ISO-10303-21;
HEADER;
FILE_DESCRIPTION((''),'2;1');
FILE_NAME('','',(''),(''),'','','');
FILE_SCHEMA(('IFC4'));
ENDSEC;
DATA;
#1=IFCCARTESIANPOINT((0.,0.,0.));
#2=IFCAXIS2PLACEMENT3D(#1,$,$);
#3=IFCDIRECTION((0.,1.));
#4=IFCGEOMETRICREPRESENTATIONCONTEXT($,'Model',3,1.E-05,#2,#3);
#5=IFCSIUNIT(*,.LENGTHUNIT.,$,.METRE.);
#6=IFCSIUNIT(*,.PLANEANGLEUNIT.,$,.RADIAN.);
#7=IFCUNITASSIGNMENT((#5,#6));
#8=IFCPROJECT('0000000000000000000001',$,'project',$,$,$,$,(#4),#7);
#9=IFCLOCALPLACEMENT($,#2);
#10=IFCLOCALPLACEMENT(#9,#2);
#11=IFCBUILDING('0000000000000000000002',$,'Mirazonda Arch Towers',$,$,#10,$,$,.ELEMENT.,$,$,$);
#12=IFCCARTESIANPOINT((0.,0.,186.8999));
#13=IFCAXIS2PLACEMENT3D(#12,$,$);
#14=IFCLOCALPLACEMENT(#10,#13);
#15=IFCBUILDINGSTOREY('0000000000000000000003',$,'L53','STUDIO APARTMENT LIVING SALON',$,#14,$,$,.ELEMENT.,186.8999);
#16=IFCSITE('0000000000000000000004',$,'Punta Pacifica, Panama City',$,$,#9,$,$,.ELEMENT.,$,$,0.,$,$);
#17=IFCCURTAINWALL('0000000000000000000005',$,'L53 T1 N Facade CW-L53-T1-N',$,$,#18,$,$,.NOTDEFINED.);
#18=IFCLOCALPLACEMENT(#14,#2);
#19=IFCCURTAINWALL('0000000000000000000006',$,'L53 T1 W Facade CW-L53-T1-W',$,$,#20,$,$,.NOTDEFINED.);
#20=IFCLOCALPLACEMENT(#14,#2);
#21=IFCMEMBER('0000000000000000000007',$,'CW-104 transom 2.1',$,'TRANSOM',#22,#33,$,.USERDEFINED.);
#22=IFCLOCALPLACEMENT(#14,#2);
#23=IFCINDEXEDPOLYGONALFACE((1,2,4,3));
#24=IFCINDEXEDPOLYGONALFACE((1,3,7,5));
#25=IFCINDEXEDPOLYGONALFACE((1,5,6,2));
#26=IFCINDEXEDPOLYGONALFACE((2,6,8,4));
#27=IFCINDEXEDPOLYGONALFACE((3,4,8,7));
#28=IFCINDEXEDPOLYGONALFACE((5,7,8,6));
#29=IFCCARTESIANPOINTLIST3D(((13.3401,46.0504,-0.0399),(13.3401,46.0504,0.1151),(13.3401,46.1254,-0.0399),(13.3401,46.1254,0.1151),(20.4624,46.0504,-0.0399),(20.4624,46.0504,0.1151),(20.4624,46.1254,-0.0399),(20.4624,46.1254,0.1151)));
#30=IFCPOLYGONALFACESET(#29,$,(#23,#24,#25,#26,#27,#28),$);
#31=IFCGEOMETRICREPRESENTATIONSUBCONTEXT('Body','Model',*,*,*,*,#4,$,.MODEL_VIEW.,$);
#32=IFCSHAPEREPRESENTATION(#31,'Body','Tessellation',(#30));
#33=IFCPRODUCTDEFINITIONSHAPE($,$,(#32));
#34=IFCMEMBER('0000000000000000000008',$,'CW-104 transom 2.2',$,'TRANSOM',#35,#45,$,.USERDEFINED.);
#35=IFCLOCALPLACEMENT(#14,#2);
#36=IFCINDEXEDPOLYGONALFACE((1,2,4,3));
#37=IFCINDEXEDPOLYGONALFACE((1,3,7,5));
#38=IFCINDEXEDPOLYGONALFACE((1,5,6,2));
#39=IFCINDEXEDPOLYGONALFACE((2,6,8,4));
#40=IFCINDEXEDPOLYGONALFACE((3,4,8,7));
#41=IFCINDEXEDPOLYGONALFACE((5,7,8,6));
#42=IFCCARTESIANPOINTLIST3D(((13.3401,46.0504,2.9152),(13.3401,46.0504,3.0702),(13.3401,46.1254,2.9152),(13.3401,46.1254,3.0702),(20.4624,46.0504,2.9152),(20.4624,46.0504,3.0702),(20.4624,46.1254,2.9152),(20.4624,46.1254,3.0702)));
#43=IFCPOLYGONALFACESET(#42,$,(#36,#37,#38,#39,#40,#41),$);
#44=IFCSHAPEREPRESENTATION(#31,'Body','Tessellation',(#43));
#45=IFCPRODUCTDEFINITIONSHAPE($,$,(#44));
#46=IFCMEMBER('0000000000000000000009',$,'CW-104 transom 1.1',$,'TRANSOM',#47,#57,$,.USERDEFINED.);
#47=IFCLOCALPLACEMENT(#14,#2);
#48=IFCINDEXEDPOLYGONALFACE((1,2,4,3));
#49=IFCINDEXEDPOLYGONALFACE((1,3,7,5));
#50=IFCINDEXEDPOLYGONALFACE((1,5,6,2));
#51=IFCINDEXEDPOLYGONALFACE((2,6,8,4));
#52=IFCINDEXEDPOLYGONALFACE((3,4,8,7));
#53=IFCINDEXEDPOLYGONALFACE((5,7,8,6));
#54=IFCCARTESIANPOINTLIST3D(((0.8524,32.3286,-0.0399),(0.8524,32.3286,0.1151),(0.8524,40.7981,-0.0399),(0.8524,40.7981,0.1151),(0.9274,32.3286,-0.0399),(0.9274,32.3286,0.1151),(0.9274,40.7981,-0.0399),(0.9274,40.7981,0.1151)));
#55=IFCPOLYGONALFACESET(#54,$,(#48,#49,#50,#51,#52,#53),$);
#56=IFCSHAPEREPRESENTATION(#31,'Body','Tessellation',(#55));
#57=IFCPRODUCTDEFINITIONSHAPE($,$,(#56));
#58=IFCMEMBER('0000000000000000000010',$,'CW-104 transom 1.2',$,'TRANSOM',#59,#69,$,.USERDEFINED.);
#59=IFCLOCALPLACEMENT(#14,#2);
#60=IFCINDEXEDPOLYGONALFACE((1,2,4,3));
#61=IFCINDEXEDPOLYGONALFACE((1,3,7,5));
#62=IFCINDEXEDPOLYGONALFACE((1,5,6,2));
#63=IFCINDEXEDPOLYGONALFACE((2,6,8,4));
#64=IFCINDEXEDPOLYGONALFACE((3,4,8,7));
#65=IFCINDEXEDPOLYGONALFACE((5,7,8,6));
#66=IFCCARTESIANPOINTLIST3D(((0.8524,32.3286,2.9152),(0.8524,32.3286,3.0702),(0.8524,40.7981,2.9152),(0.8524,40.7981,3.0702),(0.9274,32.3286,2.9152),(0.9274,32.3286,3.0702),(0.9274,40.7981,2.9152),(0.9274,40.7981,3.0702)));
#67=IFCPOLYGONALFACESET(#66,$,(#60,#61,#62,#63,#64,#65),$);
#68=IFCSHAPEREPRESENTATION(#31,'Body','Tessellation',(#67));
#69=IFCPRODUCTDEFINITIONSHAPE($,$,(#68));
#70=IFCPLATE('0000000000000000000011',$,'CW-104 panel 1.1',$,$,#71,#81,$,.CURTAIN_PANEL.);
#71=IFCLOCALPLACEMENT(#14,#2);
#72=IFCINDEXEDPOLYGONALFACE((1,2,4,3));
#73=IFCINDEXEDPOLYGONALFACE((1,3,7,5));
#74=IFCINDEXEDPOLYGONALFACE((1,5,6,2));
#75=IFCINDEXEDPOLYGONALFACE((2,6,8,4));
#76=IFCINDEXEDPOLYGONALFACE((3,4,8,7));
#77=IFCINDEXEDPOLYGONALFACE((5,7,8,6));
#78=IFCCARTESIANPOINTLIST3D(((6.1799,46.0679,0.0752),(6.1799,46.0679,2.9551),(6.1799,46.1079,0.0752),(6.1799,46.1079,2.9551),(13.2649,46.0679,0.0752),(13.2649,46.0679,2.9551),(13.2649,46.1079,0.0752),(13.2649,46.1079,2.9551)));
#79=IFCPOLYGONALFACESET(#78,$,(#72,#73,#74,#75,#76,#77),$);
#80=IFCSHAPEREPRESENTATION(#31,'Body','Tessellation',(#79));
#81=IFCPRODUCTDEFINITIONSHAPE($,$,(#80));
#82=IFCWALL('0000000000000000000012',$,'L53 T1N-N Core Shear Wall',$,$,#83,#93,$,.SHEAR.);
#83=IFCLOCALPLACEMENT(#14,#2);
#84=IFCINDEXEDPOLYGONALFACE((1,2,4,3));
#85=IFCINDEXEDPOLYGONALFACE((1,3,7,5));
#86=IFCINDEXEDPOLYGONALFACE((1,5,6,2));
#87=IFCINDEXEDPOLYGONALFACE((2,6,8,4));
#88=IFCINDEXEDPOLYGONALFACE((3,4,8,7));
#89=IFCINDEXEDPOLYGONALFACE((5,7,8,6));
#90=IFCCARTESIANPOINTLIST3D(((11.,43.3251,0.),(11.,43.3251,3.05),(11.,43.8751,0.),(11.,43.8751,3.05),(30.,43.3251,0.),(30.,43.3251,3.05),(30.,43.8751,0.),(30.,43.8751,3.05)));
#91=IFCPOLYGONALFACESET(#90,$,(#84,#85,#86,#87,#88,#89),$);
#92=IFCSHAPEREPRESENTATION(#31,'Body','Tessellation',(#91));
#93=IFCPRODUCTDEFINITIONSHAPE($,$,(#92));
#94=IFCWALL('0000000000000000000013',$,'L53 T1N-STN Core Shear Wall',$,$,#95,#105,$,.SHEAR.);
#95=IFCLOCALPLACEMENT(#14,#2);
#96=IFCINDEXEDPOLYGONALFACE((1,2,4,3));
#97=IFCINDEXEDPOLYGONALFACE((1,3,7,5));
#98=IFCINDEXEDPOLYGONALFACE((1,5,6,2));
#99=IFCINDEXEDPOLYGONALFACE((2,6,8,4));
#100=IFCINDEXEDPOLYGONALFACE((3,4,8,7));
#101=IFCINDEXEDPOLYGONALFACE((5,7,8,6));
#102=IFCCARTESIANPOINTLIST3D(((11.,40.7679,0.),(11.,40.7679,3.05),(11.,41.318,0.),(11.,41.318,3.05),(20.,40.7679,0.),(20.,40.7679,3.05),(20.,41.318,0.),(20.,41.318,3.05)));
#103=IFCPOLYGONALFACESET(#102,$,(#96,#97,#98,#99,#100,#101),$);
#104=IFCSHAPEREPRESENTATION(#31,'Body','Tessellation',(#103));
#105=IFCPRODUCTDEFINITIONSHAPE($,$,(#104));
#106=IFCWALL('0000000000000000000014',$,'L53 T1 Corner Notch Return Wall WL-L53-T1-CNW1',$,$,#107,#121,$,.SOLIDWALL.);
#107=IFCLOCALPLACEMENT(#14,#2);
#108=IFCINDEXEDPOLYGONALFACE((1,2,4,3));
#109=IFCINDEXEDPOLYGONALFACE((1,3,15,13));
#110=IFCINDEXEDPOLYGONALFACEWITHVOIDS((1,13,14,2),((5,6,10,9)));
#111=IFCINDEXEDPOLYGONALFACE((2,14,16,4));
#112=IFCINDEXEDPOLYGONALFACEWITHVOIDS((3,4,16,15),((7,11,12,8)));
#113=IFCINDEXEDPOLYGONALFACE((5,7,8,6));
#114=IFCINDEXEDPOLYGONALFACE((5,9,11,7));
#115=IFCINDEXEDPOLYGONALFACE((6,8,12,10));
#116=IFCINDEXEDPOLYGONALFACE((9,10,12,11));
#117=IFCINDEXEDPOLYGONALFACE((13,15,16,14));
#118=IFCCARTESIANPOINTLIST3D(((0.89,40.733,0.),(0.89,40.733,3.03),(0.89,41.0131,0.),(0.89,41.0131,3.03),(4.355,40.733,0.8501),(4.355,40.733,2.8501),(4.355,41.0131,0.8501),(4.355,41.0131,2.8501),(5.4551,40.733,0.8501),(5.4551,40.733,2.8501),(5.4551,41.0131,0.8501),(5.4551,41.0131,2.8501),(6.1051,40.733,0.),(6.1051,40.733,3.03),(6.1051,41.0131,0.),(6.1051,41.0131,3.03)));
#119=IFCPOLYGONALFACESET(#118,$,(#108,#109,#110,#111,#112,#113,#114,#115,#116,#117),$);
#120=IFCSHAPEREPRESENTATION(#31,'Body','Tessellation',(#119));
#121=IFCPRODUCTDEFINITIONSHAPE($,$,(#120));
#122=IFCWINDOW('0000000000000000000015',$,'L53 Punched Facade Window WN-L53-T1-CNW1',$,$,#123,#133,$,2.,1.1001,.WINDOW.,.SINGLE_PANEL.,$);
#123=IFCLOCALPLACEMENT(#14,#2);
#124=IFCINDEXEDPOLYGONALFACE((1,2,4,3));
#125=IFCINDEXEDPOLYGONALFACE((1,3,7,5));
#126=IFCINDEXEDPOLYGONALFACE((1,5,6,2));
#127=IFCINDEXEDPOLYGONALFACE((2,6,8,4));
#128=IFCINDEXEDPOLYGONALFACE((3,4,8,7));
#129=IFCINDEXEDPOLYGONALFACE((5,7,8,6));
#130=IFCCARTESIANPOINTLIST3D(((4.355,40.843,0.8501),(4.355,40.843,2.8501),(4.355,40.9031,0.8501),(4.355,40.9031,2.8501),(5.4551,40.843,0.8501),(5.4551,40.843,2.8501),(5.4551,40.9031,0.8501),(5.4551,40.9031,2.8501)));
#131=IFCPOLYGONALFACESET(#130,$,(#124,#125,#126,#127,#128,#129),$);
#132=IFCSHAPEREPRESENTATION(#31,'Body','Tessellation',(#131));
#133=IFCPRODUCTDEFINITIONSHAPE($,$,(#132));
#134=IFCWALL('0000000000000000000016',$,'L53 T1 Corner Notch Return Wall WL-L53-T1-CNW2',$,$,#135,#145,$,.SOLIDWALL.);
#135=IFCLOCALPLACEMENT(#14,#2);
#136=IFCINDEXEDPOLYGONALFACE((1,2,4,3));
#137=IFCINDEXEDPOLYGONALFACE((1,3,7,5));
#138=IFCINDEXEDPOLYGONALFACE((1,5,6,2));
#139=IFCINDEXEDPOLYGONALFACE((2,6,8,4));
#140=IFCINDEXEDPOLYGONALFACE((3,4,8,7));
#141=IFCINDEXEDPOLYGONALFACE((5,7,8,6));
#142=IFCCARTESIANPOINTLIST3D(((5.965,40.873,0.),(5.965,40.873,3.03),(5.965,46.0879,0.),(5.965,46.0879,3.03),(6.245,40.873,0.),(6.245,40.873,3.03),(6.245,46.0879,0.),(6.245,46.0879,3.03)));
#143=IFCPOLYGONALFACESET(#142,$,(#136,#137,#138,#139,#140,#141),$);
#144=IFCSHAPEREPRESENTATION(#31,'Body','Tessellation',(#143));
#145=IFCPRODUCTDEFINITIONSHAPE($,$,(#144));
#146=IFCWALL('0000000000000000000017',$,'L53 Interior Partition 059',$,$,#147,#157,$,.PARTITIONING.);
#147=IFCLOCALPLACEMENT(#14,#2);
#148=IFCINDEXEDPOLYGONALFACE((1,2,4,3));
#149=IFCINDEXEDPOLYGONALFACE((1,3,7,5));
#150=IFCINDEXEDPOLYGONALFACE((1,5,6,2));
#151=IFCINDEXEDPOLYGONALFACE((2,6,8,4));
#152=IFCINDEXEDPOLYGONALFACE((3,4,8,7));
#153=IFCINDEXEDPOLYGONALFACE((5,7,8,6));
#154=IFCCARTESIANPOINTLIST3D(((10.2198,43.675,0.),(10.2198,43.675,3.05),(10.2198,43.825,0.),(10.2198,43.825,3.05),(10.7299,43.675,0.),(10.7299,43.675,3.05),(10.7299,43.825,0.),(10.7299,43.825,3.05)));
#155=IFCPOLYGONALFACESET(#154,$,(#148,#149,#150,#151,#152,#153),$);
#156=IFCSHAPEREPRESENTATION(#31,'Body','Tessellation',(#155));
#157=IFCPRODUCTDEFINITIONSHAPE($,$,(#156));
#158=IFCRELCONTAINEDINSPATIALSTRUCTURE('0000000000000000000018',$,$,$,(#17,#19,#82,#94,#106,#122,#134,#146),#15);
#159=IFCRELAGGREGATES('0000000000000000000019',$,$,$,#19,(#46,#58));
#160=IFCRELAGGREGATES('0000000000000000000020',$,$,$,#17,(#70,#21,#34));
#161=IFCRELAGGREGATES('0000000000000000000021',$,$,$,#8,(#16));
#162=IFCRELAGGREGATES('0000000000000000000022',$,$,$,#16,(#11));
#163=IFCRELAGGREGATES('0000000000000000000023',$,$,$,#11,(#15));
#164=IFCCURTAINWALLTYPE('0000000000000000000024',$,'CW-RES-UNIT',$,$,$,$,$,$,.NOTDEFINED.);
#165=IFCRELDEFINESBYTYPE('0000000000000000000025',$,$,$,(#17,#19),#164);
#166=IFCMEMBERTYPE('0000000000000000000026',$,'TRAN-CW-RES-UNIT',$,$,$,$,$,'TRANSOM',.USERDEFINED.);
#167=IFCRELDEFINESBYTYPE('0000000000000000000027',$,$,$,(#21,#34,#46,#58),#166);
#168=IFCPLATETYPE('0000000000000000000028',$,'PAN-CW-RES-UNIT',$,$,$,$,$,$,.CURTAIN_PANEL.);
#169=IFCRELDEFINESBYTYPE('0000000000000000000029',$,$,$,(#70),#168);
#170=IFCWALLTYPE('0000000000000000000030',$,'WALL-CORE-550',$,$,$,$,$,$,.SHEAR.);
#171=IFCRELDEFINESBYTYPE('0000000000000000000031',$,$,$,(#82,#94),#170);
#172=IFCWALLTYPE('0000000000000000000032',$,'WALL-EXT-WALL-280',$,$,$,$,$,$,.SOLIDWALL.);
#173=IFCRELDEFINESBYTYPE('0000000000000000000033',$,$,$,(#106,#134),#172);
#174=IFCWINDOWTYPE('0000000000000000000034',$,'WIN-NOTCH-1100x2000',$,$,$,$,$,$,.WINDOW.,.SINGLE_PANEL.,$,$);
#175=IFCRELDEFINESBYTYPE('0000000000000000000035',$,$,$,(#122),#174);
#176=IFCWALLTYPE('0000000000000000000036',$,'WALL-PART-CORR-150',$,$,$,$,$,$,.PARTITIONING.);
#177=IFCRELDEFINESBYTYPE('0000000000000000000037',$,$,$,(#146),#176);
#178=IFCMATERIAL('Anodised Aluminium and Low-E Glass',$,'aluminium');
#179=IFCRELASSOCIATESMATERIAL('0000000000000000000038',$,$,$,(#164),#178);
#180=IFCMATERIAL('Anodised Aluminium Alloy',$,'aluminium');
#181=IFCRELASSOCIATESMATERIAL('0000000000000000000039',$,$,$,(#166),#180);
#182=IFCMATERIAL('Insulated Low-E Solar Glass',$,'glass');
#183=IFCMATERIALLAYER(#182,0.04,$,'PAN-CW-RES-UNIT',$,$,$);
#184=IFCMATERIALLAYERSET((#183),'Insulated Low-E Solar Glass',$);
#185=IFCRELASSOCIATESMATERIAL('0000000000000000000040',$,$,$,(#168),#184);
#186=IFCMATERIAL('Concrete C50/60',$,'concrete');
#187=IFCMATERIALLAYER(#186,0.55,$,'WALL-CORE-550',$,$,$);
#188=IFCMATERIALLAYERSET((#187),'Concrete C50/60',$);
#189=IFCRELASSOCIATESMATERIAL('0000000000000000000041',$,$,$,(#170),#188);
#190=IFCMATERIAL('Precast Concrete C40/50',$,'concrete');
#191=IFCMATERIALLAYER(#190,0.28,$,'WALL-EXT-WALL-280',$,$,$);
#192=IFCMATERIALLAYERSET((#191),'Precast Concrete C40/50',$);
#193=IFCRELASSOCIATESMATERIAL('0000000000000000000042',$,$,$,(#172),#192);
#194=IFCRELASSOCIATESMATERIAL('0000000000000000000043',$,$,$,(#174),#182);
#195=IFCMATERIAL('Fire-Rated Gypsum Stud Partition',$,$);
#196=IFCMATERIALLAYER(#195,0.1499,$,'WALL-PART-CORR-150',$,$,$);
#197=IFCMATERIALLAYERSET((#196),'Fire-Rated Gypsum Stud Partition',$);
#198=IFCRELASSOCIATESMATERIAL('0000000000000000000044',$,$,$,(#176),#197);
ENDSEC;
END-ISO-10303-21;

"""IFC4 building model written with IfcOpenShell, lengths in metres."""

from ifc_helpers import new_model, si_unit, direction, frame, frame_2d, origin, origin_2d, place, context, subcontext, project, spatial, rectangle, extrude, material, layer, layer_set, material_profile, profile_set, type_object, element, fill, aggregate, save


model = new_model("IFC4")

# Units and contexts
model_context = context("Model", 3, precision=1e-05, world=origin(), true_north=direction((0.0, 1.0)))
body_context = subcontext(model_context, "Body", "Model", "MODEL_VIEW")
ifc_project = project(units=[si_unit("LENGTHUNIT", "METRE"), si_unit("PLANEANGLEUNIT", "RADIAN")], contexts=[model_context])

# Site, building, storey
site_placement = place(None, origin())
site = spatial("IfcSite", under=ifc_project, at=site_placement, Name="Punta Pacifica, Panama City", CompositionType="ELEMENT", RefElevation=0.0)
building_placement = place(site_placement, origin())
building = spatial("IfcBuilding", under=site, at=building_placement, Name="Mirazonda Arch Towers", CompositionType="ELEMENT")
storey_placement = place(building_placement, frame((0.0, 0.0, 186.8999)))
storey = spatial("IfcBuildingStorey", under=building, at=storey_placement, Name="L53", Description="STUDIO APARTMENT LIVING SALON", CompositionType="ELEMENT", Elevation=186.8999)

# Shared definitions
ifc_material_1 = material(Name="Concrete C50/60", Category="concrete")

# Curtain wall
ifc_material_2 = material(Name="Anodised Aluminium and Low-E Glass", Category="aluminium")
curtain_wall_type = type_object("IfcCurtainWallType", Name="CW-RES-UNIT", PredefinedType="NOTDEFINED", material=ifc_material_2)
curtain_wall_1_placement = place(storey_placement, origin())
curtain_wall_1 = element("IfcCurtainWall", 1, at=curtain_wall_1_placement, inside=storey, type_object=curtain_wall_type, Name="L53 T1 N Facade CW-L53-T1-N", PredefinedType="NOTDEFINED")
ifc_material_3 = material(Name="Anodised Aluminium Alloy", Category="aluminium")

# Curtain wall
curtain_wall_2_placement = place(storey_placement, origin())
curtain_wall_2 = element("IfcCurtainWall", 2, at=curtain_wall_2_placement, inside=storey, type_object=curtain_wall_type, Name="L53 T1 W Facade CW-L53-T1-W", PredefinedType="NOTDEFINED")

# Members
ifc_material_profile_1 = material_profile(ifc_material_3, rectangle(XDim=0.075, YDim=0.155, at=origin_2d()), Name="ALU-TRAN-75x155")
ifc_profile_set_1 = profile_set([ifc_material_profile_1], Name="Anodised Aluminium Alloy")
member_type_1 = type_object("IfcMemberType", Name="TRAN-CW-RES-UNIT", ElementType="TRANSOM", PredefinedType="USERDEFINED", material=ifc_profile_set_1)
member_1_placement = place(storey_placement, frame((13.3401, 46.0879, 0.0376), z_axis=(1.0, 0.0, 0.0), x_axis=(0.0, 1.0, 0.0)))
member_1 = element("IfcMember", 3, at=member_1_placement, type_object=member_type_1, Name="CW-104 transom 2.1", ObjectType="TRANSOM", PredefinedType="USERDEFINED", context=body_context, shape_type="SweptSolid", body=[
    extrude(rectangle(XDim=0.075, YDim=0.155, at=origin_2d()), origin(), (0.0, 0.0, 1.0), 7.1223),
])
member_2_placement = place(storey_placement, frame((13.3401, 46.0879, 2.9927), z_axis=(1.0, 0.0, 0.0), x_axis=(0.0, 1.0, 0.0)))
member_2 = element("IfcMember", 4, at=member_2_placement, type_object=member_type_1, Name="CW-104 transom 2.2", ObjectType="TRANSOM", PredefinedType="USERDEFINED", context=body_context, shape_type="SweptSolid", body=[
    extrude(rectangle(XDim=0.075, YDim=0.155, at=origin_2d()), origin(), (0.0, 0.0, 1.0), 7.1223),
])
member_3_placement = place(storey_placement, frame((0.8899, 40.7981, 0.0376), z_axis=(0.0, -1.0, 0.0), x_axis=(1.0, 0.0, 0.0)))
member_3 = element("IfcMember", 5, at=member_3_placement, type_object=member_type_1, Name="CW-104 transom 1.1", ObjectType="TRANSOM", PredefinedType="USERDEFINED", context=body_context, shape_type="SweptSolid", body=[
    extrude(rectangle(XDim=0.075, YDim=0.155, at=origin_2d()), origin(), (0.0, 0.0, 1.0), 8.4695),
])
member_4_placement = place(storey_placement, frame((0.8899, 40.7981, 2.9927), z_axis=(0.0, -1.0, 0.0), x_axis=(1.0, 0.0, 0.0)))
member_4 = element("IfcMember", 6, at=member_4_placement, type_object=member_type_1, Name="CW-104 transom 1.2", ObjectType="TRANSOM", PredefinedType="USERDEFINED", context=body_context, shape_type="SweptSolid", body=[
    extrude(rectangle(XDim=0.075, YDim=0.155, at=origin_2d()), origin(), (0.0, 0.0, 1.0), 8.4695),
])
aggregate(curtain_wall_2, [member_3, member_4])

# Plate
ifc_material_4 = material(Name="Insulated Low-E Solar Glass", Category="glass")
ifc_layer_1 = layer(ifc_material_4, 0.04, Name="PAN-CW-RES-UNIT")
ifc_layer_set_1 = layer_set([ifc_layer_1], Name="Insulated Low-E Solar Glass")
plate_type = type_object("IfcPlateType", Name="PAN-CW-RES-UNIT", PredefinedType="CURTAIN_PANEL", material=ifc_layer_set_1)
plate_placement = place(storey_placement, frame((9.7224, 46.0879, 0.0752), z_axis=(0.0, 0.0, 1.0), x_axis=(1.0, 0.0, 0.0)))
plate = element("IfcPlate", 7, at=plate_placement, type_object=plate_type, Name="CW-104 panel 1.1", PredefinedType="CURTAIN_PANEL", context=body_context, shape_type="SweptSolid", body=[
    extrude(rectangle(XDim=7.085, YDim=0.04, at=origin_2d()), origin(), (0.0, 0.0, 1.0), 2.8799),
])
aggregate(curtain_wall_1, [plate, member_1, member_2])

# Walls
ifc_layer_2 = layer(ifc_material_1, 0.55, Name="WALL-CORE-550")
ifc_layer_set_2 = layer_set([ifc_layer_2], Name="Concrete C50/60")
wall_type_1 = type_object("IfcWallType", Name="WALL-CORE-550", PredefinedType="SHEAR", material=ifc_layer_set_2)
wall_1_placement = place(storey_placement, frame((11.0, 43.6001, 0.0), z_axis=(0.0, 0.0, 1.0), x_axis=(1.0, 0.0, 0.0)))
element("IfcWall", 8, at=wall_1_placement, inside=storey, type_object=wall_type_1, Name="L53 T1N-N Core Shear Wall", PredefinedType="SHEAR", context=body_context, shape_type="SweptSolid", body=[
    extrude(rectangle(XDim=19.0, YDim=0.55, at=frame_2d((9.5, 0.0))), origin(), (0.0, 0.0, 1.0), 3.05),
])
wall_2_placement = place(storey_placement, frame((11.0, 41.043, 0.0), z_axis=(0.0, 0.0, 1.0), x_axis=(1.0, 0.0, 0.0)))
element("IfcWall", 9, at=wall_2_placement, inside=storey, type_object=wall_type_1, Name="L53 T1N-STN Core Shear Wall", PredefinedType="SHEAR", context=body_context, shape_type="SweptSolid", body=[
    extrude(rectangle(XDim=9.0, YDim=0.55, at=frame_2d((4.5, 0.0))), origin(), (0.0, 0.0, 1.0), 3.05),
])

# Wall, opening, window
ifc_material_5 = material(Name="Precast Concrete C40/50", Category="concrete")
ifc_layer_3 = layer(ifc_material_5, 0.28, Name="WALL-EXT-WALL-280")
ifc_layer_set_3 = layer_set([ifc_layer_3], Name="Precast Concrete C40/50")
wall_type_2 = type_object("IfcWallType", Name="WALL-EXT-WALL-280", PredefinedType="SOLIDWALL", material=ifc_layer_set_3)
wall_3_placement = place(storey_placement, frame((6.105, 40.873, 0.0), z_axis=(0.0, 0.0, 1.0), x_axis=(-1.0, 0.0, 0.0)))
wall_3 = element("IfcWall", 10, at=wall_3_placement, inside=storey, type_object=wall_type_2, Name="L53 T1 Corner Notch Return Wall WL-L53-T1-CNW1", PredefinedType="SOLIDWALL", context=body_context, shape_type="SweptSolid", body=[
    extrude(rectangle(XDim=5.2151, YDim=0.28, at=frame_2d((2.6074, 0.0))), origin(), (0.0, 0.0, 1.0), 3.03),
])
opening_1_placement = place(wall_3_placement, frame((0.6499, 0.0, 0.8501)))
opening_1 = element("IfcOpeningElement", 11, at=opening_1_placement, cuts=wall_3, PredefinedType="OPENING", context=body_context, shape_type="SweptSolid", body=[
    extrude(rectangle(XDim=1.1001, YDim=2.0, at=frame_2d((0.55, 1.0))), frame((0.0, 0.1499, 0.0), z_axis=(0.0, -1.0, 0.0), x_axis=(1.0, 0.0, 0.0)), (0.0, 0.0, 1.0), 0.3),
])
window_type = type_object("IfcWindowType", Name="WIN-NOTCH-1100x2000", PartitioningType="SINGLE_PANEL", PredefinedType="WINDOW", material=ifc_material_4)
window_placement = place(opening_1_placement, origin())
window = element("IfcWindow", 12, at=window_placement, inside=storey, type_object=window_type, Name="L53 Punched Facade Window WN-L53-T1-CNW1", OverallHeight=2.0, OverallWidth=1.1001, PartitioningType="SINGLE_PANEL", PredefinedType="WINDOW", context=body_context, shape_type="SweptSolid", body=[
    extrude(rectangle(XDim=1.1001, YDim=2.0, at=frame_2d((0.55, 1.0))), frame((0.0, 0.03, 0.0), z_axis=(0.0, -1.0, 0.0), x_axis=(1.0, 0.0, 0.0)), (0.0, 0.0, 1.0), 0.0601),
])
fill(opening_1, window)

# Walls
wall_4_placement = place(storey_placement, frame((6.105, 46.0879, 0.0), z_axis=(0.0, 0.0, 1.0), x_axis=(0.0, -1.0, 0.0)))
element("IfcWall", 13, at=wall_4_placement, inside=storey, type_object=wall_type_2, Name="L53 T1 Corner Notch Return Wall WL-L53-T1-CNW2", PredefinedType="SOLIDWALL", context=body_context, shape_type="SweptSolid", body=[
    extrude(rectangle(XDim=5.2148, YDim=0.28, at=frame_2d((2.6074, 0.0))), origin(), (0.0, 0.0, 1.0), 3.03),
])
ifc_material_6 = material(Name="Fire-Rated Gypsum Stud Partition")
ifc_layer_4 = layer(ifc_material_6, 0.1499, Name="WALL-PART-CORR-150")
ifc_layer_set_4 = layer_set([ifc_layer_4], Name="Fire-Rated Gypsum Stud Partition")
wall_type_3 = type_object("IfcWallType", Name="WALL-PART-CORR-150", PredefinedType="PARTITIONING", material=ifc_layer_set_4)
wall_5_placement = place(storey_placement, frame((10.22, 43.75, 0.0), z_axis=(0.0, 0.0, 1.0), x_axis=(1.0, 0.0, 0.0)))
element("IfcWall", 14, at=wall_5_placement, inside=storey, type_object=wall_type_3, Name="L53 Interior Partition 059", PredefinedType="PARTITIONING", context=body_context, shape_type="SweptSolid", body=[
    extrude(rectangle(XDim=0.51, YDim=0.1499, at=frame_2d((0.2549, 0.0))), origin(), (0.0, 0.0, 1.0), 3.05),
])

save(model, "model.ifc")
